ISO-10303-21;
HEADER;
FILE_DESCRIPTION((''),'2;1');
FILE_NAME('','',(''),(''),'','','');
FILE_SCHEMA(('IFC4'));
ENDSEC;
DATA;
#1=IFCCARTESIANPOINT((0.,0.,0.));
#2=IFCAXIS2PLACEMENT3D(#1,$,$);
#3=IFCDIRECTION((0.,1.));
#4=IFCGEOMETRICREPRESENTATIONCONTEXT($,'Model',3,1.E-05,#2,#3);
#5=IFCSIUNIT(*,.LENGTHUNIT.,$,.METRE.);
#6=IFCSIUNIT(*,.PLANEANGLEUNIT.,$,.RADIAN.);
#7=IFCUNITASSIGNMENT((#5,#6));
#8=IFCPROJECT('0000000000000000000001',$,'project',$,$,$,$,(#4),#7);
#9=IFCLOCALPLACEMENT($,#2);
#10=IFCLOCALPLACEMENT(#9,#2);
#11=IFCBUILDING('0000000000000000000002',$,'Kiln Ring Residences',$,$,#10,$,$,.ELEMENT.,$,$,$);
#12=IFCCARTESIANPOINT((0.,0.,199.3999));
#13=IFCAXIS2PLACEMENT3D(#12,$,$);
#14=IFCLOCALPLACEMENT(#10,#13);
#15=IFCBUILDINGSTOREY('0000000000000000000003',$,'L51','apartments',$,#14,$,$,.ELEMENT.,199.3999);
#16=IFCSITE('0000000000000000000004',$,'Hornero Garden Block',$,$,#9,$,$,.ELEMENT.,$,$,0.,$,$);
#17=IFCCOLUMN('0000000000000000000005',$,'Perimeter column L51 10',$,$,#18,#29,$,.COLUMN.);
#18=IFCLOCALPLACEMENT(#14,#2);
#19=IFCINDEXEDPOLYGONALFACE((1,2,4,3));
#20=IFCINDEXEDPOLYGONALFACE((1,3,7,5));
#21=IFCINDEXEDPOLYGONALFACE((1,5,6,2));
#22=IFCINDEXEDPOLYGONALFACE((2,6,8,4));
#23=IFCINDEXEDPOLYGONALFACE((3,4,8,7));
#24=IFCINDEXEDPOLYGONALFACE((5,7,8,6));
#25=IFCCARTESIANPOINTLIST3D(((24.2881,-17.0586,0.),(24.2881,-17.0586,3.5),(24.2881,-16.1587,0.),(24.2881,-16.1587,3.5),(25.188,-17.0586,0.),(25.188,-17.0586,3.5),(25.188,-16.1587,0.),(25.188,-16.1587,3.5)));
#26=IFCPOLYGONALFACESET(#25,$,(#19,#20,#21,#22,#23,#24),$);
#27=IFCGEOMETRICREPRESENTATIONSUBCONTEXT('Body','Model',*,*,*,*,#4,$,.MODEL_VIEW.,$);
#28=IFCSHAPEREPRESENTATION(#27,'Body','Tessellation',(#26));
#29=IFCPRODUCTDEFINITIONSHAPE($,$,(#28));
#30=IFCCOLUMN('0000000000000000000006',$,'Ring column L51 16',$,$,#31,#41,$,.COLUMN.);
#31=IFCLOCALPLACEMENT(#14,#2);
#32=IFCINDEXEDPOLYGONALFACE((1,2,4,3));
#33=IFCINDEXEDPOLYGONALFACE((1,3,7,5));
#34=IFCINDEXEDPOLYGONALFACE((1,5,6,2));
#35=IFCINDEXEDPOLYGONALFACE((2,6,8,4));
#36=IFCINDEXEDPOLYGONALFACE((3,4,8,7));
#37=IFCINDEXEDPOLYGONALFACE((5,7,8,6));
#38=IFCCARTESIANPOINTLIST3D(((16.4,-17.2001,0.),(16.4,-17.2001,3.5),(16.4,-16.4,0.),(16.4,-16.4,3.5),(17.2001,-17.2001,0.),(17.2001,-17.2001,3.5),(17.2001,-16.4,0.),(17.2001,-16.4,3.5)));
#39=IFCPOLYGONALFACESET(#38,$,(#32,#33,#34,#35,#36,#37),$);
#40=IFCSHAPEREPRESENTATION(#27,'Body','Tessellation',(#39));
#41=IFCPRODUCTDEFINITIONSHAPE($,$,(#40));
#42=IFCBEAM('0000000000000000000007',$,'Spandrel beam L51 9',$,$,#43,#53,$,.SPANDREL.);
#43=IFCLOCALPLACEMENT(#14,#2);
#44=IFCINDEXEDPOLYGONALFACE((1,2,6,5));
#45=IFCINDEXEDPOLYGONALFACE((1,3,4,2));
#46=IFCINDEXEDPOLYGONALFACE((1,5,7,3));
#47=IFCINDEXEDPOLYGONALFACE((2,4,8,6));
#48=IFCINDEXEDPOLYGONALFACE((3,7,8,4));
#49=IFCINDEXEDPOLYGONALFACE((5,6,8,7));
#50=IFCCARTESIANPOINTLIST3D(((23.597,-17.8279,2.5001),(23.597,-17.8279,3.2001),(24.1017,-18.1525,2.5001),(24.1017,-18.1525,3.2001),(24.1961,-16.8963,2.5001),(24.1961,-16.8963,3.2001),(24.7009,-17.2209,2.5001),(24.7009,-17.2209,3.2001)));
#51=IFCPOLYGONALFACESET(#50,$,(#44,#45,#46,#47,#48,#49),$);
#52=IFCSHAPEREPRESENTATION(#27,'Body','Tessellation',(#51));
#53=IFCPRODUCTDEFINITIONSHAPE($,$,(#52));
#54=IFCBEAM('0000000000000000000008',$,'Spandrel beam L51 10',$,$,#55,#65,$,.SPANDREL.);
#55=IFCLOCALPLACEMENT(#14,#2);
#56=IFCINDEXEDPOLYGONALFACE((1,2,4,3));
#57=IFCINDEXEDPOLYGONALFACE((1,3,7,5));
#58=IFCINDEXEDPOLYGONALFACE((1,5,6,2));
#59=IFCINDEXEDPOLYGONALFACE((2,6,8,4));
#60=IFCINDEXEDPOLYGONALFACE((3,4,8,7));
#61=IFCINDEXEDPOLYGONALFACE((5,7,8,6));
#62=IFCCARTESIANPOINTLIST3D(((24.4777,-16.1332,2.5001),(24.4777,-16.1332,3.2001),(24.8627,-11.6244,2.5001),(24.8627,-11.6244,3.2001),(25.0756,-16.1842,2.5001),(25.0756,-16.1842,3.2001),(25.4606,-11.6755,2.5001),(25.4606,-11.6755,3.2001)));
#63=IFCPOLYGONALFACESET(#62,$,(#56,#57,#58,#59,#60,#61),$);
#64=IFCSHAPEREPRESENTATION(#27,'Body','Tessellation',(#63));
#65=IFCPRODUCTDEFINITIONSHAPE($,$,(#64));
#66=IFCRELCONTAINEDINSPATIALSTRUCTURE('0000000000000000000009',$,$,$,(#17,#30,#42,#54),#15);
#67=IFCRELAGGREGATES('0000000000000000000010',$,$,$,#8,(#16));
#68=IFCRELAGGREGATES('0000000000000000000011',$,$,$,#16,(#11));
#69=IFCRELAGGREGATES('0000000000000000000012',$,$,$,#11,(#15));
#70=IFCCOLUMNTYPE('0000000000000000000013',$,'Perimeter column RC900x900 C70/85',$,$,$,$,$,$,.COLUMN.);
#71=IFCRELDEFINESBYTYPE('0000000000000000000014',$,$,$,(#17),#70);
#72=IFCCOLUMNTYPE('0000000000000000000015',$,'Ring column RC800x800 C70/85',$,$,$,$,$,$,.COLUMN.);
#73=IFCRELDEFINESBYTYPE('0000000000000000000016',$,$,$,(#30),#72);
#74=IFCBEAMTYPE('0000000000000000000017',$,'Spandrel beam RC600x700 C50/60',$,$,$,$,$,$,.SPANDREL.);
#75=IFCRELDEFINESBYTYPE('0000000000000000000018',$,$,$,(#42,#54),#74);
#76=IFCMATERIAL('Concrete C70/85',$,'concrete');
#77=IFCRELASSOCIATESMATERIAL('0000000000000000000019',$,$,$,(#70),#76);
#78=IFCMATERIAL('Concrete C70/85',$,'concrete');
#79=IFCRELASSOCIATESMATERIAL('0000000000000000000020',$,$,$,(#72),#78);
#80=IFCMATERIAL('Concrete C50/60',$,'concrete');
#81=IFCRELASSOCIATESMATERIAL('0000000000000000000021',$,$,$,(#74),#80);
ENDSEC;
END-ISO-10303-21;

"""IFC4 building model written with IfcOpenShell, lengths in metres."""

from ifc_helpers import new_model, si_unit, direction, frame, origin, origin_2d, place, context, subcontext, project, spatial, rectangle, extrude, material, material_profile, profile_set, type_object, element, save


model = new_model("IFC4")

# Units and contexts
model_context = context("Model", 3, precision=1e-05, world=origin(), true_north=direction((0.0, 1.0)))
body_context = subcontext(model_context, "Body", "Model", "MODEL_VIEW")
ifc_project = project(units=[si_unit("LENGTHUNIT", "METRE"), si_unit("PLANEANGLEUNIT", "RADIAN")], contexts=[model_context])

# Site, building, storey
site_placement = place(None, origin())
site = spatial("IfcSite", under=ifc_project, at=site_placement, Name="Hornero Garden Block", CompositionType="ELEMENT", RefElevation=0.0)
building_placement = place(site_placement, origin())
building = spatial("IfcBuilding", under=site, at=building_placement, Name="Kiln Ring Residences", CompositionType="ELEMENT")
storey_placement = place(building_placement, frame((0.0, 0.0, 199.3999)))
storey = spatial("IfcBuildingStorey", under=building, at=storey_placement, Name="L51", Description="apartments", CompositionType="ELEMENT", Elevation=199.3999)

# Columns
ifc_material_1 = material(Name="Concrete C70/85", Category="concrete")
ifc_material_profile_1 = material_profile(ifc_material_1, rectangle(XDim=0.8999, YDim=0.8999, at=origin_2d()), Name="RC900x900")
ifc_profile_set_1 = profile_set([ifc_material_profile_1], Name="Concrete C70/85")
column_type_1 = type_object("IfcColumnType", Name="Perimeter column RC900x900 C70/85", PredefinedType="COLUMN", material=ifc_profile_set_1)
column_1_placement = place(storey_placement, frame((24.738, -16.6086, 0.0), z_axis=(0.0, 0.0, 1.0), x_axis=(1.0, 0.0, 0.0)))
element("IfcColumn", 1, at=column_1_placement, inside=storey, type_object=column_type_1, Name="Perimeter column L51 10", PredefinedType="COLUMN", context=body_context, shape_type="SweptSolid", body=[
    extrude(rectangle(XDim=0.8999, YDim=0.8999, at=origin_2d()), origin(), (0.0, 0.0, 1.0), 3.5),
])
ifc_material_2 = material(Name="Concrete C70/85", Category="concrete")
ifc_material_profile_2 = material_profile(ifc_material_2, rectangle(XDim=0.8, YDim=0.8, at=origin_2d()), Name="RC800x800")
ifc_profile_set_2 = profile_set([ifc_material_profile_2], Name="Concrete C70/85")
column_type_2 = type_object("IfcColumnType", Name="Ring column RC800x800 C70/85", PredefinedType="COLUMN", material=ifc_profile_set_2)
column_2_placement = place(storey_placement, frame((16.8, -16.8, 0.0), z_axis=(0.0, 0.0, 1.0), x_axis=(1.0, 0.0, 0.0)))
element("IfcColumn", 2, at=column_2_placement, inside=storey, type_object=column_type_2, Name="Ring column L51 16", PredefinedType="COLUMN", context=body_context, shape_type="SweptSolid", body=[
    extrude(rectangle(XDim=0.8, YDim=0.8, at=origin_2d()), origin(), (0.0, 0.0, 1.0), 3.5),
])

# Beams
ifc_material_3 = material(Name="Concrete C50/60", Category="concrete")
ifc_material_profile_3 = material_profile(ifc_material_3, rectangle(XDim=0.6001, YDim=0.7, at=origin_2d()), Name="RC600x700")
ifc_profile_set_3 = profile_set([ifc_material_profile_3], Name="Concrete C50/60")
beam_type = type_object("IfcBeamType", Name="Spandrel beam RC600x700 C50/60", PredefinedType="SPANDREL", material=ifc_profile_set_3)
beam_1_placement = place(storey_placement, frame((23.8494, -17.9902, 2.8501), z_axis=(0.540891, 0.841093, 0.0), x_axis=(-0.841093, 0.540891, 0.0)))
element("IfcBeam", 3, at=beam_1_placement, inside=storey, type_object=beam_type, Name="Spandrel beam L51 9", PredefinedType="SPANDREL", context=body_context, shape_type="SweptSolid", body=[
    extrude(rectangle(XDim=0.6001, YDim=0.7, at=origin_2d()), origin(), (0.0, 0.0, 1.0), 1.1077),
])
beam_2_placement = place(storey_placement, frame((24.7766, -16.1587, 2.8501), z_axis=(0.085081, 0.996374, 0.0), x_axis=(-0.996374, 0.085081, 0.0)))
element("IfcBeam", 4, at=beam_2_placement, inside=storey, type_object=beam_type, Name="Spandrel beam L51 10", PredefinedType="SPANDREL", context=body_context, shape_type="SweptSolid", body=[
    extrude(rectangle(XDim=0.6001, YDim=0.7, at=origin_2d()), origin(), (0.0, 0.0, 1.0), 4.5251),
])

save(model, "model.ifc")
